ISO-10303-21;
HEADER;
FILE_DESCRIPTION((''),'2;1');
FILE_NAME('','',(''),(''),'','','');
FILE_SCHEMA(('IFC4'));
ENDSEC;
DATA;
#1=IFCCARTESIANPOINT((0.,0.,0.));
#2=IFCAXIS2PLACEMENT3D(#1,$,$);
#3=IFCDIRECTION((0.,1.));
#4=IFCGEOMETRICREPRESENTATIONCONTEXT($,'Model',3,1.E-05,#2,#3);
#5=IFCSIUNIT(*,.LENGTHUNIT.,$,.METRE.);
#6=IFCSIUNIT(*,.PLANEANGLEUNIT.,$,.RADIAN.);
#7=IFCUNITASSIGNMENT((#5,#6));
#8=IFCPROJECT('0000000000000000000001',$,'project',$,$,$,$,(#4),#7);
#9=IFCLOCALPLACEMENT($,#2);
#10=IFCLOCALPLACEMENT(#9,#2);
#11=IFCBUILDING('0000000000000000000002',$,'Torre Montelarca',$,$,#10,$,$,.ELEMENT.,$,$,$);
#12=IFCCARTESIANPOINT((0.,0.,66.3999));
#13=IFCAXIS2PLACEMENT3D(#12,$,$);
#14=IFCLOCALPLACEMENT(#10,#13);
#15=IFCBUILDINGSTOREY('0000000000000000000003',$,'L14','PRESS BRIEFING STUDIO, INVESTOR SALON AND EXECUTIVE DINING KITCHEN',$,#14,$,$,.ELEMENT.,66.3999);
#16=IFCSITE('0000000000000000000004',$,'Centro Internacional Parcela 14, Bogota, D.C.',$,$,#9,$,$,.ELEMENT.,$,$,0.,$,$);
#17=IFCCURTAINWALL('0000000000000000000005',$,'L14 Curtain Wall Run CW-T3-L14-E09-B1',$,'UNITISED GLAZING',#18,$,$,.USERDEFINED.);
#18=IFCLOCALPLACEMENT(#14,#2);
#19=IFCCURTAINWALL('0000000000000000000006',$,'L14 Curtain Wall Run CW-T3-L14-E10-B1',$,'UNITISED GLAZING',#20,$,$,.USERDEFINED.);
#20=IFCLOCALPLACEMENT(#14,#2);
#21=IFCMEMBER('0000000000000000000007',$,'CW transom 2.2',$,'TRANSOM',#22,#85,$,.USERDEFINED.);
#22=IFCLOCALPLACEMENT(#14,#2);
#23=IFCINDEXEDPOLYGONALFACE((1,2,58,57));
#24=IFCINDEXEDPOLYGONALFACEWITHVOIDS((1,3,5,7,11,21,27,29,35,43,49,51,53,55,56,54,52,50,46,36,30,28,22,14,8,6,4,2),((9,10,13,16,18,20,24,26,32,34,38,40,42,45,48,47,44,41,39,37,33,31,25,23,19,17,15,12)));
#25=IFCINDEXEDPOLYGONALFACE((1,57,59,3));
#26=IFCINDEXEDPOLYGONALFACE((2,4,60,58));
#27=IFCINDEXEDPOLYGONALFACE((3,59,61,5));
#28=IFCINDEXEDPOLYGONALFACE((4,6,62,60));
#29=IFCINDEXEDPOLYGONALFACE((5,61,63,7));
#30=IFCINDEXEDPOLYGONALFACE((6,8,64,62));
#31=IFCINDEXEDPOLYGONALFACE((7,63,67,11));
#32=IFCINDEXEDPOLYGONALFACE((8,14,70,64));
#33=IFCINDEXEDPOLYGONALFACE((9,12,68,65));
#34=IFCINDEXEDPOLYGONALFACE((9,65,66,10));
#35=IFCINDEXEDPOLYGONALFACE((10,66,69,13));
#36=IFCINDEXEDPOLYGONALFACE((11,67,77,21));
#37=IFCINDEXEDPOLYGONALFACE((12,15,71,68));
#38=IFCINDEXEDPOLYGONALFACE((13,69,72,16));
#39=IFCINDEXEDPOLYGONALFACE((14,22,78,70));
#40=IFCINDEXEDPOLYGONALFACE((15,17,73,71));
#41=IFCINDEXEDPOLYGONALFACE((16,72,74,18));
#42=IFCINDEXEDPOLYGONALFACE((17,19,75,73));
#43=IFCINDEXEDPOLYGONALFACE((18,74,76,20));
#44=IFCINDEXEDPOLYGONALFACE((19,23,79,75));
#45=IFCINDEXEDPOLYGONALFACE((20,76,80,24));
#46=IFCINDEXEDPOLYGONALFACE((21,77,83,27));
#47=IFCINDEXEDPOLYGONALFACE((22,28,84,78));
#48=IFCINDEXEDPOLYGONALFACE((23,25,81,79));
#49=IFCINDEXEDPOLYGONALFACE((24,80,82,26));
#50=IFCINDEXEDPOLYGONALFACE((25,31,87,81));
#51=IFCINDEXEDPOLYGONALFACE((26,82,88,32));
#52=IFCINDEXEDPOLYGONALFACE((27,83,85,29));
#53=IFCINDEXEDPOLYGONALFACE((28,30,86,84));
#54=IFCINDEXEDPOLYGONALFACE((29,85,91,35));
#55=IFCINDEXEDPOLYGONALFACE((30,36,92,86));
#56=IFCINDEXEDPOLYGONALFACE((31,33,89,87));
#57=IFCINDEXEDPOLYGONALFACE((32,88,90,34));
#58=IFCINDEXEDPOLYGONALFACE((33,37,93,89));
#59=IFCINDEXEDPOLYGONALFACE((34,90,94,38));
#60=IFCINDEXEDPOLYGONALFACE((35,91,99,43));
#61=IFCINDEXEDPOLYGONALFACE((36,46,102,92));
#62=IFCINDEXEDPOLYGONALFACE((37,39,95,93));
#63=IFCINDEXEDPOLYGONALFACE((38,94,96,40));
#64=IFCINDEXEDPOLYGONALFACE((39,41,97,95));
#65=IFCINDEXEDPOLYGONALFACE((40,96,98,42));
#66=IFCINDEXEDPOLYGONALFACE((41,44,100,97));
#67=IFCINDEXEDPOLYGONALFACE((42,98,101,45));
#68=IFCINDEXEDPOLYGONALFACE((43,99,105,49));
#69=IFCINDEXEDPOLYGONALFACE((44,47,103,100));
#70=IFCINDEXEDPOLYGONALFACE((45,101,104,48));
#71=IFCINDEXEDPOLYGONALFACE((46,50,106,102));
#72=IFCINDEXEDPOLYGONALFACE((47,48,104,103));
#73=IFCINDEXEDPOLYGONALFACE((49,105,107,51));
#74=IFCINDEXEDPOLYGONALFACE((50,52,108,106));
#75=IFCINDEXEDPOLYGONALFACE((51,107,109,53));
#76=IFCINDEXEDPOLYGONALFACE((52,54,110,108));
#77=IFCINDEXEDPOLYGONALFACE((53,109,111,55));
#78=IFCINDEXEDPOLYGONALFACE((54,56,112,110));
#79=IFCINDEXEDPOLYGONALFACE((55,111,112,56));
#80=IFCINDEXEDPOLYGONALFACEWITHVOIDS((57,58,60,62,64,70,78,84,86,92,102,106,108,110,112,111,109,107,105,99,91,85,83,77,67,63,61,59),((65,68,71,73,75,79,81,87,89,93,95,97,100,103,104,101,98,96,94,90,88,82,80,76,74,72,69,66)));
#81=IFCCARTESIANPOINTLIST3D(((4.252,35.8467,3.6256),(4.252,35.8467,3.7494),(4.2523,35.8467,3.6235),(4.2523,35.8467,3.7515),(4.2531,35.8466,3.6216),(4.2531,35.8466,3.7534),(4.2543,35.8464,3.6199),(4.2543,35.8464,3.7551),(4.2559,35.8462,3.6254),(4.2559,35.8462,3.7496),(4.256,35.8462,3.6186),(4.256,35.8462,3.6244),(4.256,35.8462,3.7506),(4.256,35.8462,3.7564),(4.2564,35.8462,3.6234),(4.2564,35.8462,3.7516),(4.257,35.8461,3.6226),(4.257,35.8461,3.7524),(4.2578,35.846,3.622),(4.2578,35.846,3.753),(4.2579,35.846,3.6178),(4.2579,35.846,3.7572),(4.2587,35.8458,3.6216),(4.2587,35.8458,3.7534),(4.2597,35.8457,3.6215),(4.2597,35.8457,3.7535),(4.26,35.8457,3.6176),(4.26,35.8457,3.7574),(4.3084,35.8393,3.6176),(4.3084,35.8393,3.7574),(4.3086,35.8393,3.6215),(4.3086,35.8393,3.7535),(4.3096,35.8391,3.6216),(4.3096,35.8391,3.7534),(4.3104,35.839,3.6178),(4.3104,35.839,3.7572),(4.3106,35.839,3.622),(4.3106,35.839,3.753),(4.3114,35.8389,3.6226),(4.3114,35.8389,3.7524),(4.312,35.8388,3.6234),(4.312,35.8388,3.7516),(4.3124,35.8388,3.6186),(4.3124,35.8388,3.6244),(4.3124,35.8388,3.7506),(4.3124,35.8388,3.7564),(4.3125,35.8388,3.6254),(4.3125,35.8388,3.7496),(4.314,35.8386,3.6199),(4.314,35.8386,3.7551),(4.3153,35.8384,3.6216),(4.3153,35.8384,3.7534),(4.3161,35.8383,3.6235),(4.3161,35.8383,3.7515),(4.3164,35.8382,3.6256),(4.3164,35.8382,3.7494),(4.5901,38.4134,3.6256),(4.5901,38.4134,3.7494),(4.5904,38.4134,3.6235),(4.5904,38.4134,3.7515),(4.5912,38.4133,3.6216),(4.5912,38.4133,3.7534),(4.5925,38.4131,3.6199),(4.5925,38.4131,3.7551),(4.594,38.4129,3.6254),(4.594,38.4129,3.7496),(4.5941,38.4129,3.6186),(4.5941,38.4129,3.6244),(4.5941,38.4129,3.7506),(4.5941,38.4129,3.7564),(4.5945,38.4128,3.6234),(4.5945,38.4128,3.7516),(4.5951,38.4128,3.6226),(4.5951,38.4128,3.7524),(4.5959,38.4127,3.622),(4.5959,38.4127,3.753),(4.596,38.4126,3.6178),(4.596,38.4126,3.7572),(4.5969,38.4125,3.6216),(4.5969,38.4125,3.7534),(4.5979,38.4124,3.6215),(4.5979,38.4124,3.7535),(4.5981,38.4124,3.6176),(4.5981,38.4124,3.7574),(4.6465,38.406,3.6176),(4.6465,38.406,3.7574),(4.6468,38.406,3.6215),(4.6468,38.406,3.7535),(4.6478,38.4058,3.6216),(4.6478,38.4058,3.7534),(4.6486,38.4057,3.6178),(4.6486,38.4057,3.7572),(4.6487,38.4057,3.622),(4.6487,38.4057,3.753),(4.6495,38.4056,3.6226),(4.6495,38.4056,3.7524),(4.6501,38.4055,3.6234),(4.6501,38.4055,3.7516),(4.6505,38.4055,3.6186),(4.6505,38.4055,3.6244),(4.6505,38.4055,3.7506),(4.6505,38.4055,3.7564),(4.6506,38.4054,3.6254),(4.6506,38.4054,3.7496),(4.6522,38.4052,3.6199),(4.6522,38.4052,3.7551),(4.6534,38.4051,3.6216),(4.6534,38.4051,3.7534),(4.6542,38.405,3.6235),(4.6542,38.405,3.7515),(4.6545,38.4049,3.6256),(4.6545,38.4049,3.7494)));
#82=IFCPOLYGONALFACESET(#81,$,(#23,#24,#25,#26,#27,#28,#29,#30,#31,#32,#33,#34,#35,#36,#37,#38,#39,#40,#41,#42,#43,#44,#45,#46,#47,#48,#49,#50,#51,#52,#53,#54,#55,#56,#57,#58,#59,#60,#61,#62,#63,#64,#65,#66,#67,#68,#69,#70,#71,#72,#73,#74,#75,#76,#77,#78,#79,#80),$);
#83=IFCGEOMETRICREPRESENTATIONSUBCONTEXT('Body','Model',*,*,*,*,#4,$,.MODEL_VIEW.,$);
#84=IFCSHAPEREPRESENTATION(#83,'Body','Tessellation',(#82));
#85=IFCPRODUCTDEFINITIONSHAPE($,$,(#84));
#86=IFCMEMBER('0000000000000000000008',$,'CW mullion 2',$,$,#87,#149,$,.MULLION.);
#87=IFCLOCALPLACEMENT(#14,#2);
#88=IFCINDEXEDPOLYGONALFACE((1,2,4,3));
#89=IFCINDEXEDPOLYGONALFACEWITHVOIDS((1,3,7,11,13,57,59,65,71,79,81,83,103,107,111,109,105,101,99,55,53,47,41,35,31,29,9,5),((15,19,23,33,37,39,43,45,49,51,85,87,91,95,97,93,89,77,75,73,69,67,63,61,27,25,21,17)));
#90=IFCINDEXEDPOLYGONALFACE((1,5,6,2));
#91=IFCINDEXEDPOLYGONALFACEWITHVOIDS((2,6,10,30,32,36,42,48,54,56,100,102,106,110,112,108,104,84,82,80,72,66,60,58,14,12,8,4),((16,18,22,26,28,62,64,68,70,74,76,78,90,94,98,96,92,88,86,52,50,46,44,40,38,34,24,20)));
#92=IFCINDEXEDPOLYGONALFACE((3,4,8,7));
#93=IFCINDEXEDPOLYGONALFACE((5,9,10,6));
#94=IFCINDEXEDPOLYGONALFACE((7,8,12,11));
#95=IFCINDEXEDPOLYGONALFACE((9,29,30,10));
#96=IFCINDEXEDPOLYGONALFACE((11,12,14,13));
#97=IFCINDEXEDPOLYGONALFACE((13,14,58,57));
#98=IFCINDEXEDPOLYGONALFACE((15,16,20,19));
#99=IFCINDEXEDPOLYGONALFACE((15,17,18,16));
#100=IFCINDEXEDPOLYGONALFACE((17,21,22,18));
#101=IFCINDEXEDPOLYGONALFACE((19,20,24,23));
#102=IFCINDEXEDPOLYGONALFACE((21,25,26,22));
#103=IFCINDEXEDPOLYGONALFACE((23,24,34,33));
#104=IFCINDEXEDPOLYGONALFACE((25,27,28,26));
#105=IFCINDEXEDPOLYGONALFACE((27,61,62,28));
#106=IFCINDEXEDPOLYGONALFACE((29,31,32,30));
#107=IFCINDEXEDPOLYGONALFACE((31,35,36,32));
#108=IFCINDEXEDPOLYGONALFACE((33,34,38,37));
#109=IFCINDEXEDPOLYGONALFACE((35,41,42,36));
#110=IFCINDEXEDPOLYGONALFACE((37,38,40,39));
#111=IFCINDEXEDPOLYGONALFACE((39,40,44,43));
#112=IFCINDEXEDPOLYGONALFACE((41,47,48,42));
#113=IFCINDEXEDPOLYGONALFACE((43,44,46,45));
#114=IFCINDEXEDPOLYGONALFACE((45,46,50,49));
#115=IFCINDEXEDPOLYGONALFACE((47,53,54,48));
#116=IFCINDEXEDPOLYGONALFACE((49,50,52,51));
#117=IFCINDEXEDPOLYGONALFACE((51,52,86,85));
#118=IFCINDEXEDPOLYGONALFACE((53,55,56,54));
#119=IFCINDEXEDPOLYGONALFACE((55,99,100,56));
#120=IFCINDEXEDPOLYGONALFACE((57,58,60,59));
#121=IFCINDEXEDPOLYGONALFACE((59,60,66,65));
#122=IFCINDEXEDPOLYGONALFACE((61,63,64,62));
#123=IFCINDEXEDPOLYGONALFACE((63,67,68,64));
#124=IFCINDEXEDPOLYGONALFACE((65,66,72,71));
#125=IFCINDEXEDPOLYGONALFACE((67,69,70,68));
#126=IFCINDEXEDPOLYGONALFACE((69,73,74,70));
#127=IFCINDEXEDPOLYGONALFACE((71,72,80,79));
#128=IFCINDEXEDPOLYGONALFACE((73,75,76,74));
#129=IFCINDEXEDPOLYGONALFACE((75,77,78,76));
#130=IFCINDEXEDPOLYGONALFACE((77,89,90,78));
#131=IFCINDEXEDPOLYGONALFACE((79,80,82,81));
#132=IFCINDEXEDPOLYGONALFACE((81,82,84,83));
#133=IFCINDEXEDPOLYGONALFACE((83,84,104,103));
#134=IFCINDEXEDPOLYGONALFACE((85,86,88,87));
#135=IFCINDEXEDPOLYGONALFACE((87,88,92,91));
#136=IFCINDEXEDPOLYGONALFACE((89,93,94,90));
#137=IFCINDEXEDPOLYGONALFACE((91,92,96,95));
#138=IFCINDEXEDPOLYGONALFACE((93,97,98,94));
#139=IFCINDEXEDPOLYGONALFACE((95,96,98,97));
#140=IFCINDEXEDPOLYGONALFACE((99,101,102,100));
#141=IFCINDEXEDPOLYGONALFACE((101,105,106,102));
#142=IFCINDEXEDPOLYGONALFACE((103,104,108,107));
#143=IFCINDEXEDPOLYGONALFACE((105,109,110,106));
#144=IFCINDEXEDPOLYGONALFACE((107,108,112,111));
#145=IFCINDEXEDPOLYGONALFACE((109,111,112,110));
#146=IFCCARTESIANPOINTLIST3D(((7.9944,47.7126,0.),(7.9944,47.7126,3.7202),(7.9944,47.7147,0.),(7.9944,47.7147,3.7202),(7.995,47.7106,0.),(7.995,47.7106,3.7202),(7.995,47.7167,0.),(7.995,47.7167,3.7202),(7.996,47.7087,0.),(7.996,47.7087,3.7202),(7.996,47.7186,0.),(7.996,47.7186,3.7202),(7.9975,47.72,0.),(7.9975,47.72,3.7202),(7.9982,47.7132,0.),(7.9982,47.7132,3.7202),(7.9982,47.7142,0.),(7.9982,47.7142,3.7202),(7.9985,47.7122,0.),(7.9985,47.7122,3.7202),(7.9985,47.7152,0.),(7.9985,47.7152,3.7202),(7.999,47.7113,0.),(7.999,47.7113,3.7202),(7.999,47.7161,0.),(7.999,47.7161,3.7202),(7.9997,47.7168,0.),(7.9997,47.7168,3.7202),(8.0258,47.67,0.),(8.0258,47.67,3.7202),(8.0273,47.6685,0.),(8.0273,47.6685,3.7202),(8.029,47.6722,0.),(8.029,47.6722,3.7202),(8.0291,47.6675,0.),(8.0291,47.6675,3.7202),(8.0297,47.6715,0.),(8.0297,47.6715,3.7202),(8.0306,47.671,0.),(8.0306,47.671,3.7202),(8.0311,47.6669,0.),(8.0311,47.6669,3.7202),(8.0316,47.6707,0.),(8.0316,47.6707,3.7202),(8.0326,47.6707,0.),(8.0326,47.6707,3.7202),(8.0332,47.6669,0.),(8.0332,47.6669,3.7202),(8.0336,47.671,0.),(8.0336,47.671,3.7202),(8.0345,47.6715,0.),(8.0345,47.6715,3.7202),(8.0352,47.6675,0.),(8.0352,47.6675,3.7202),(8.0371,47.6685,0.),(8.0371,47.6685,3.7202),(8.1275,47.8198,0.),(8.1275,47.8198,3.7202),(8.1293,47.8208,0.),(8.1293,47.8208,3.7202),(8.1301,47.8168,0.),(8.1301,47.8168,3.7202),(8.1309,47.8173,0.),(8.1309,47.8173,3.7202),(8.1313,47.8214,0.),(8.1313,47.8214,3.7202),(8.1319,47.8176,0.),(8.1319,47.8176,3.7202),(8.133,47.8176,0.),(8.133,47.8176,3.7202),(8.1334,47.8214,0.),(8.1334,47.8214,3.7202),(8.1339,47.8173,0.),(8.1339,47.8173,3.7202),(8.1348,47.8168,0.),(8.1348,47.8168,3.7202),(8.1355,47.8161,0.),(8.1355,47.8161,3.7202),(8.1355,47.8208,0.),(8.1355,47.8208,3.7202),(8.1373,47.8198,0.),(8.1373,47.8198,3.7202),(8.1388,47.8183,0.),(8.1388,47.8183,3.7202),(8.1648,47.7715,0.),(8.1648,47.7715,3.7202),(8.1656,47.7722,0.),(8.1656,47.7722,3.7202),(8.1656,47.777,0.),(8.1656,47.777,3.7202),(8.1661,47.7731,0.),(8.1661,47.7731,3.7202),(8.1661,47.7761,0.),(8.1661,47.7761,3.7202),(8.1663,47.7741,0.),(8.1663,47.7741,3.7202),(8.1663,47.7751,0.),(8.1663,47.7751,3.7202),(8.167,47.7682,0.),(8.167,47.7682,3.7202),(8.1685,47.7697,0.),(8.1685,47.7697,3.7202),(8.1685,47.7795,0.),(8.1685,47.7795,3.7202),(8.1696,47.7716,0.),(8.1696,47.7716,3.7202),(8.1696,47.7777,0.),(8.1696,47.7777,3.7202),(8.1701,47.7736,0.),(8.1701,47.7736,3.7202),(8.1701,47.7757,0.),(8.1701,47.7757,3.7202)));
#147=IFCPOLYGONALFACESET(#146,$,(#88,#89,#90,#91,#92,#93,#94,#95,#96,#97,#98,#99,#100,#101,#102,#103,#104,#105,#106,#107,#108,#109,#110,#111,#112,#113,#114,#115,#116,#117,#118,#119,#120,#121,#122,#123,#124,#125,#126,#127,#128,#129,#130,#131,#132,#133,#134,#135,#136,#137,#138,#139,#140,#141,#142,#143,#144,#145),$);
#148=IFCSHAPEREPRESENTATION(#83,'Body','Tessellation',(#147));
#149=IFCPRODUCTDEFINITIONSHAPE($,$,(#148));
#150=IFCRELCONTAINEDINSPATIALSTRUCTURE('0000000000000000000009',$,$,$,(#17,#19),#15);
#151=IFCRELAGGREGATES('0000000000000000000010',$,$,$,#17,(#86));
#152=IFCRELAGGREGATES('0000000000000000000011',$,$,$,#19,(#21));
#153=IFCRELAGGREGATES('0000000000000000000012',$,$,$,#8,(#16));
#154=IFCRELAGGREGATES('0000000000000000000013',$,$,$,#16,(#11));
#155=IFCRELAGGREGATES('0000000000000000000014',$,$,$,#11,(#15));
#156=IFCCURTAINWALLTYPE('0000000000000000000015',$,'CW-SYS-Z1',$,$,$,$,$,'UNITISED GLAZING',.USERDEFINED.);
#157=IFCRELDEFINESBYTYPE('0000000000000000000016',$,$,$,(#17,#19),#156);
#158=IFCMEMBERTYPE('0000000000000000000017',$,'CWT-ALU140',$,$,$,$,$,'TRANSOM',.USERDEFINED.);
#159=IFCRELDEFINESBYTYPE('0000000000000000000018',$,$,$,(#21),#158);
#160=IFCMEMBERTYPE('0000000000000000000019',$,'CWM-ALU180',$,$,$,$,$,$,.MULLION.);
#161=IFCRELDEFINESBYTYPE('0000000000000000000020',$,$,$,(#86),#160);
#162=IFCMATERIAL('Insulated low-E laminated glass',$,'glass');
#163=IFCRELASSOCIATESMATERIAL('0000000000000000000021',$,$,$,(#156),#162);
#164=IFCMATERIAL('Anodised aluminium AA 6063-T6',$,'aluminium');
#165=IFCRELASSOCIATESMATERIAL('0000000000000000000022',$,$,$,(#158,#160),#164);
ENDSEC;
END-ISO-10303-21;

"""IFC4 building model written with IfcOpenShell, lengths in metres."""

from ifc_helpers import new_model, si_unit, direction, frame, origin, origin_2d, place, context, subcontext, project, spatial, hollow_rectangle, extrude, source, transform, mapped, material, material_profile, profile_set, type_object, element, aggregate, save


model = new_model("IFC4")

# Units and contexts
model_context = context("Model", 3, precision=1e-05, world=origin(), true_north=direction((0.0, 1.0)))
body_context = subcontext(model_context, "Body", "Model", "MODEL_VIEW")
ifc_project = project(units=[si_unit("LENGTHUNIT", "METRE"), si_unit("PLANEANGLEUNIT", "RADIAN")], contexts=[model_context])

# Site, building, storey
site_placement = place(None, origin())
site = spatial("IfcSite", under=ifc_project, at=site_placement, Name="Centro Internacional Parcela 14, Bogota, D.C.", CompositionType="ELEMENT", RefElevation=0.0)
building_placement = place(site_placement, origin())
building = spatial("IfcBuilding", under=site, at=building_placement, Name="Torre Montelarca", CompositionType="ELEMENT")
storey_placement = place(building_placement, frame((0.0, 0.0, 66.3999)))
storey = spatial("IfcBuildingStorey", under=building, at=storey_placement, Name="L14", Description="PRESS BRIEFING STUDIO, INVESTOR SALON AND EXECUTIVE DINING KITCHEN", CompositionType="ELEMENT", Elevation=66.3999)

# Curtain walls, member
ifc_material_1 = material(Name="Insulated low-E laminated glass", Category="glass")
curtain_wall_type = type_object("IfcCurtainWallType", Name="CW-SYS-Z1", ElementType="UNITISED GLAZING", PredefinedType="USERDEFINED", material=ifc_material_1)
curtain_wall_1_placement = place(storey_placement, origin())
curtain_wall_1 = element("IfcCurtainWall", 1, at=curtain_wall_1_placement, inside=storey, type_object=curtain_wall_type, Name="L14 Curtain Wall Run CW-T3-L14-E09-B1", ObjectType="UNITISED GLAZING", PredefinedType="USERDEFINED")
ifc_material_2 = material(Name="Anodised aluminium AA 6063-T6", Category="aluminium")
ifc_material_profile_1 = material_profile(ifc_material_2, hollow_rectangle(XDim=0.0649, YDim=0.1399, WallThickness=0.0039, InnerFilletRadius=0.0039, OuterFilletRadius=0.0081, at=origin_2d()), Name="ALU65X140X4", Category="aluminium")
ifc_profile_set_1 = profile_set([ifc_material_profile_1], Name="Anodised aluminium AA 6063-T6")
member_type_1 = type_object("IfcMemberType", Name="CWT-ALU140", ElementType="TRANSOM", PredefinedType="USERDEFINED", material=ifc_profile_set_1)
curtain_wall_2_placement = place(storey_placement, origin())
curtain_wall_2 = element("IfcCurtainWall", 2, at=curtain_wall_2_placement, inside=storey, type_object=curtain_wall_type, Name="L14 Curtain Wall Run CW-T3-L14-E10-B1", ObjectType="UNITISED GLAZING", PredefinedType="USERDEFINED")
shared_shape_1 = source(origin(), body_context, "Body", "SweptSolid", [
    extrude(hollow_rectangle(XDim=0.0649, YDim=0.1399, WallThickness=0.0039, InnerFilletRadius=0.0039, OuterFilletRadius=0.0081, at=origin_2d()), origin(), (0.0, 0.0, 1.0), 2.5889),
])
member_1_placement = place(storey_placement, frame((4.6223, 38.4092, 3.6875), z_axis=(-0.130613, -0.991433, 0.0), x_axis=(0.991433, -0.130613, 0.0)))
member_1 = element("IfcMember", 3, at=member_1_placement, type_object=member_type_1, Name="CW transom 2.2", ObjectType="TRANSOM", PredefinedType="USERDEFINED", context=body_context, shape_type="MappedRepresentation", body=[
    mapped(shared_shape_1, transform((0.0, 0.0, 0.0), scale=1.0)),
])

# Member
ifc_material_profile_2 = material_profile(ifc_material_2, hollow_rectangle(XDim=0.0649, YDim=0.1799, WallThickness=0.0039, InnerFilletRadius=0.0039, OuterFilletRadius=0.0081, at=origin_2d()), Name="ALU65X180X4", Category="aluminium")
ifc_profile_set_2 = profile_set([ifc_material_profile_2], Name="Anodised aluminium AA 6063-T6")
member_type_2 = type_object("IfcMemberType", Name="CWM-ALU180", PredefinedType="MULLION", material=ifc_profile_set_2)
shared_shape_2 = source(origin(), body_context, "Body", "SweptSolid", [
    extrude(hollow_rectangle(XDim=0.0649, YDim=0.1799, WallThickness=0.0039, InnerFilletRadius=0.0039, OuterFilletRadius=0.0081, at=origin_2d()), origin(), (0.0, 0.0, 1.0), 3.7202),
])
member_2_placement = place(storey_placement, frame((8.0823, 47.7441, 0.0), z_axis=(0.0, 0.0, 1.0), x_axis=(0.608764, -0.793351, 0.0)))
member_2 = element("IfcMember", 4, at=member_2_placement, type_object=member_type_2, Name="CW mullion 2", PredefinedType="MULLION", context=body_context, shape_type="MappedRepresentation", body=[
    mapped(shared_shape_2, transform((0.0, 0.0, 0.0), scale=1.0)),
])

aggregate(curtain_wall_1, [member_2])
aggregate(curtain_wall_2, [member_1])

save(model, "model.ifc")
